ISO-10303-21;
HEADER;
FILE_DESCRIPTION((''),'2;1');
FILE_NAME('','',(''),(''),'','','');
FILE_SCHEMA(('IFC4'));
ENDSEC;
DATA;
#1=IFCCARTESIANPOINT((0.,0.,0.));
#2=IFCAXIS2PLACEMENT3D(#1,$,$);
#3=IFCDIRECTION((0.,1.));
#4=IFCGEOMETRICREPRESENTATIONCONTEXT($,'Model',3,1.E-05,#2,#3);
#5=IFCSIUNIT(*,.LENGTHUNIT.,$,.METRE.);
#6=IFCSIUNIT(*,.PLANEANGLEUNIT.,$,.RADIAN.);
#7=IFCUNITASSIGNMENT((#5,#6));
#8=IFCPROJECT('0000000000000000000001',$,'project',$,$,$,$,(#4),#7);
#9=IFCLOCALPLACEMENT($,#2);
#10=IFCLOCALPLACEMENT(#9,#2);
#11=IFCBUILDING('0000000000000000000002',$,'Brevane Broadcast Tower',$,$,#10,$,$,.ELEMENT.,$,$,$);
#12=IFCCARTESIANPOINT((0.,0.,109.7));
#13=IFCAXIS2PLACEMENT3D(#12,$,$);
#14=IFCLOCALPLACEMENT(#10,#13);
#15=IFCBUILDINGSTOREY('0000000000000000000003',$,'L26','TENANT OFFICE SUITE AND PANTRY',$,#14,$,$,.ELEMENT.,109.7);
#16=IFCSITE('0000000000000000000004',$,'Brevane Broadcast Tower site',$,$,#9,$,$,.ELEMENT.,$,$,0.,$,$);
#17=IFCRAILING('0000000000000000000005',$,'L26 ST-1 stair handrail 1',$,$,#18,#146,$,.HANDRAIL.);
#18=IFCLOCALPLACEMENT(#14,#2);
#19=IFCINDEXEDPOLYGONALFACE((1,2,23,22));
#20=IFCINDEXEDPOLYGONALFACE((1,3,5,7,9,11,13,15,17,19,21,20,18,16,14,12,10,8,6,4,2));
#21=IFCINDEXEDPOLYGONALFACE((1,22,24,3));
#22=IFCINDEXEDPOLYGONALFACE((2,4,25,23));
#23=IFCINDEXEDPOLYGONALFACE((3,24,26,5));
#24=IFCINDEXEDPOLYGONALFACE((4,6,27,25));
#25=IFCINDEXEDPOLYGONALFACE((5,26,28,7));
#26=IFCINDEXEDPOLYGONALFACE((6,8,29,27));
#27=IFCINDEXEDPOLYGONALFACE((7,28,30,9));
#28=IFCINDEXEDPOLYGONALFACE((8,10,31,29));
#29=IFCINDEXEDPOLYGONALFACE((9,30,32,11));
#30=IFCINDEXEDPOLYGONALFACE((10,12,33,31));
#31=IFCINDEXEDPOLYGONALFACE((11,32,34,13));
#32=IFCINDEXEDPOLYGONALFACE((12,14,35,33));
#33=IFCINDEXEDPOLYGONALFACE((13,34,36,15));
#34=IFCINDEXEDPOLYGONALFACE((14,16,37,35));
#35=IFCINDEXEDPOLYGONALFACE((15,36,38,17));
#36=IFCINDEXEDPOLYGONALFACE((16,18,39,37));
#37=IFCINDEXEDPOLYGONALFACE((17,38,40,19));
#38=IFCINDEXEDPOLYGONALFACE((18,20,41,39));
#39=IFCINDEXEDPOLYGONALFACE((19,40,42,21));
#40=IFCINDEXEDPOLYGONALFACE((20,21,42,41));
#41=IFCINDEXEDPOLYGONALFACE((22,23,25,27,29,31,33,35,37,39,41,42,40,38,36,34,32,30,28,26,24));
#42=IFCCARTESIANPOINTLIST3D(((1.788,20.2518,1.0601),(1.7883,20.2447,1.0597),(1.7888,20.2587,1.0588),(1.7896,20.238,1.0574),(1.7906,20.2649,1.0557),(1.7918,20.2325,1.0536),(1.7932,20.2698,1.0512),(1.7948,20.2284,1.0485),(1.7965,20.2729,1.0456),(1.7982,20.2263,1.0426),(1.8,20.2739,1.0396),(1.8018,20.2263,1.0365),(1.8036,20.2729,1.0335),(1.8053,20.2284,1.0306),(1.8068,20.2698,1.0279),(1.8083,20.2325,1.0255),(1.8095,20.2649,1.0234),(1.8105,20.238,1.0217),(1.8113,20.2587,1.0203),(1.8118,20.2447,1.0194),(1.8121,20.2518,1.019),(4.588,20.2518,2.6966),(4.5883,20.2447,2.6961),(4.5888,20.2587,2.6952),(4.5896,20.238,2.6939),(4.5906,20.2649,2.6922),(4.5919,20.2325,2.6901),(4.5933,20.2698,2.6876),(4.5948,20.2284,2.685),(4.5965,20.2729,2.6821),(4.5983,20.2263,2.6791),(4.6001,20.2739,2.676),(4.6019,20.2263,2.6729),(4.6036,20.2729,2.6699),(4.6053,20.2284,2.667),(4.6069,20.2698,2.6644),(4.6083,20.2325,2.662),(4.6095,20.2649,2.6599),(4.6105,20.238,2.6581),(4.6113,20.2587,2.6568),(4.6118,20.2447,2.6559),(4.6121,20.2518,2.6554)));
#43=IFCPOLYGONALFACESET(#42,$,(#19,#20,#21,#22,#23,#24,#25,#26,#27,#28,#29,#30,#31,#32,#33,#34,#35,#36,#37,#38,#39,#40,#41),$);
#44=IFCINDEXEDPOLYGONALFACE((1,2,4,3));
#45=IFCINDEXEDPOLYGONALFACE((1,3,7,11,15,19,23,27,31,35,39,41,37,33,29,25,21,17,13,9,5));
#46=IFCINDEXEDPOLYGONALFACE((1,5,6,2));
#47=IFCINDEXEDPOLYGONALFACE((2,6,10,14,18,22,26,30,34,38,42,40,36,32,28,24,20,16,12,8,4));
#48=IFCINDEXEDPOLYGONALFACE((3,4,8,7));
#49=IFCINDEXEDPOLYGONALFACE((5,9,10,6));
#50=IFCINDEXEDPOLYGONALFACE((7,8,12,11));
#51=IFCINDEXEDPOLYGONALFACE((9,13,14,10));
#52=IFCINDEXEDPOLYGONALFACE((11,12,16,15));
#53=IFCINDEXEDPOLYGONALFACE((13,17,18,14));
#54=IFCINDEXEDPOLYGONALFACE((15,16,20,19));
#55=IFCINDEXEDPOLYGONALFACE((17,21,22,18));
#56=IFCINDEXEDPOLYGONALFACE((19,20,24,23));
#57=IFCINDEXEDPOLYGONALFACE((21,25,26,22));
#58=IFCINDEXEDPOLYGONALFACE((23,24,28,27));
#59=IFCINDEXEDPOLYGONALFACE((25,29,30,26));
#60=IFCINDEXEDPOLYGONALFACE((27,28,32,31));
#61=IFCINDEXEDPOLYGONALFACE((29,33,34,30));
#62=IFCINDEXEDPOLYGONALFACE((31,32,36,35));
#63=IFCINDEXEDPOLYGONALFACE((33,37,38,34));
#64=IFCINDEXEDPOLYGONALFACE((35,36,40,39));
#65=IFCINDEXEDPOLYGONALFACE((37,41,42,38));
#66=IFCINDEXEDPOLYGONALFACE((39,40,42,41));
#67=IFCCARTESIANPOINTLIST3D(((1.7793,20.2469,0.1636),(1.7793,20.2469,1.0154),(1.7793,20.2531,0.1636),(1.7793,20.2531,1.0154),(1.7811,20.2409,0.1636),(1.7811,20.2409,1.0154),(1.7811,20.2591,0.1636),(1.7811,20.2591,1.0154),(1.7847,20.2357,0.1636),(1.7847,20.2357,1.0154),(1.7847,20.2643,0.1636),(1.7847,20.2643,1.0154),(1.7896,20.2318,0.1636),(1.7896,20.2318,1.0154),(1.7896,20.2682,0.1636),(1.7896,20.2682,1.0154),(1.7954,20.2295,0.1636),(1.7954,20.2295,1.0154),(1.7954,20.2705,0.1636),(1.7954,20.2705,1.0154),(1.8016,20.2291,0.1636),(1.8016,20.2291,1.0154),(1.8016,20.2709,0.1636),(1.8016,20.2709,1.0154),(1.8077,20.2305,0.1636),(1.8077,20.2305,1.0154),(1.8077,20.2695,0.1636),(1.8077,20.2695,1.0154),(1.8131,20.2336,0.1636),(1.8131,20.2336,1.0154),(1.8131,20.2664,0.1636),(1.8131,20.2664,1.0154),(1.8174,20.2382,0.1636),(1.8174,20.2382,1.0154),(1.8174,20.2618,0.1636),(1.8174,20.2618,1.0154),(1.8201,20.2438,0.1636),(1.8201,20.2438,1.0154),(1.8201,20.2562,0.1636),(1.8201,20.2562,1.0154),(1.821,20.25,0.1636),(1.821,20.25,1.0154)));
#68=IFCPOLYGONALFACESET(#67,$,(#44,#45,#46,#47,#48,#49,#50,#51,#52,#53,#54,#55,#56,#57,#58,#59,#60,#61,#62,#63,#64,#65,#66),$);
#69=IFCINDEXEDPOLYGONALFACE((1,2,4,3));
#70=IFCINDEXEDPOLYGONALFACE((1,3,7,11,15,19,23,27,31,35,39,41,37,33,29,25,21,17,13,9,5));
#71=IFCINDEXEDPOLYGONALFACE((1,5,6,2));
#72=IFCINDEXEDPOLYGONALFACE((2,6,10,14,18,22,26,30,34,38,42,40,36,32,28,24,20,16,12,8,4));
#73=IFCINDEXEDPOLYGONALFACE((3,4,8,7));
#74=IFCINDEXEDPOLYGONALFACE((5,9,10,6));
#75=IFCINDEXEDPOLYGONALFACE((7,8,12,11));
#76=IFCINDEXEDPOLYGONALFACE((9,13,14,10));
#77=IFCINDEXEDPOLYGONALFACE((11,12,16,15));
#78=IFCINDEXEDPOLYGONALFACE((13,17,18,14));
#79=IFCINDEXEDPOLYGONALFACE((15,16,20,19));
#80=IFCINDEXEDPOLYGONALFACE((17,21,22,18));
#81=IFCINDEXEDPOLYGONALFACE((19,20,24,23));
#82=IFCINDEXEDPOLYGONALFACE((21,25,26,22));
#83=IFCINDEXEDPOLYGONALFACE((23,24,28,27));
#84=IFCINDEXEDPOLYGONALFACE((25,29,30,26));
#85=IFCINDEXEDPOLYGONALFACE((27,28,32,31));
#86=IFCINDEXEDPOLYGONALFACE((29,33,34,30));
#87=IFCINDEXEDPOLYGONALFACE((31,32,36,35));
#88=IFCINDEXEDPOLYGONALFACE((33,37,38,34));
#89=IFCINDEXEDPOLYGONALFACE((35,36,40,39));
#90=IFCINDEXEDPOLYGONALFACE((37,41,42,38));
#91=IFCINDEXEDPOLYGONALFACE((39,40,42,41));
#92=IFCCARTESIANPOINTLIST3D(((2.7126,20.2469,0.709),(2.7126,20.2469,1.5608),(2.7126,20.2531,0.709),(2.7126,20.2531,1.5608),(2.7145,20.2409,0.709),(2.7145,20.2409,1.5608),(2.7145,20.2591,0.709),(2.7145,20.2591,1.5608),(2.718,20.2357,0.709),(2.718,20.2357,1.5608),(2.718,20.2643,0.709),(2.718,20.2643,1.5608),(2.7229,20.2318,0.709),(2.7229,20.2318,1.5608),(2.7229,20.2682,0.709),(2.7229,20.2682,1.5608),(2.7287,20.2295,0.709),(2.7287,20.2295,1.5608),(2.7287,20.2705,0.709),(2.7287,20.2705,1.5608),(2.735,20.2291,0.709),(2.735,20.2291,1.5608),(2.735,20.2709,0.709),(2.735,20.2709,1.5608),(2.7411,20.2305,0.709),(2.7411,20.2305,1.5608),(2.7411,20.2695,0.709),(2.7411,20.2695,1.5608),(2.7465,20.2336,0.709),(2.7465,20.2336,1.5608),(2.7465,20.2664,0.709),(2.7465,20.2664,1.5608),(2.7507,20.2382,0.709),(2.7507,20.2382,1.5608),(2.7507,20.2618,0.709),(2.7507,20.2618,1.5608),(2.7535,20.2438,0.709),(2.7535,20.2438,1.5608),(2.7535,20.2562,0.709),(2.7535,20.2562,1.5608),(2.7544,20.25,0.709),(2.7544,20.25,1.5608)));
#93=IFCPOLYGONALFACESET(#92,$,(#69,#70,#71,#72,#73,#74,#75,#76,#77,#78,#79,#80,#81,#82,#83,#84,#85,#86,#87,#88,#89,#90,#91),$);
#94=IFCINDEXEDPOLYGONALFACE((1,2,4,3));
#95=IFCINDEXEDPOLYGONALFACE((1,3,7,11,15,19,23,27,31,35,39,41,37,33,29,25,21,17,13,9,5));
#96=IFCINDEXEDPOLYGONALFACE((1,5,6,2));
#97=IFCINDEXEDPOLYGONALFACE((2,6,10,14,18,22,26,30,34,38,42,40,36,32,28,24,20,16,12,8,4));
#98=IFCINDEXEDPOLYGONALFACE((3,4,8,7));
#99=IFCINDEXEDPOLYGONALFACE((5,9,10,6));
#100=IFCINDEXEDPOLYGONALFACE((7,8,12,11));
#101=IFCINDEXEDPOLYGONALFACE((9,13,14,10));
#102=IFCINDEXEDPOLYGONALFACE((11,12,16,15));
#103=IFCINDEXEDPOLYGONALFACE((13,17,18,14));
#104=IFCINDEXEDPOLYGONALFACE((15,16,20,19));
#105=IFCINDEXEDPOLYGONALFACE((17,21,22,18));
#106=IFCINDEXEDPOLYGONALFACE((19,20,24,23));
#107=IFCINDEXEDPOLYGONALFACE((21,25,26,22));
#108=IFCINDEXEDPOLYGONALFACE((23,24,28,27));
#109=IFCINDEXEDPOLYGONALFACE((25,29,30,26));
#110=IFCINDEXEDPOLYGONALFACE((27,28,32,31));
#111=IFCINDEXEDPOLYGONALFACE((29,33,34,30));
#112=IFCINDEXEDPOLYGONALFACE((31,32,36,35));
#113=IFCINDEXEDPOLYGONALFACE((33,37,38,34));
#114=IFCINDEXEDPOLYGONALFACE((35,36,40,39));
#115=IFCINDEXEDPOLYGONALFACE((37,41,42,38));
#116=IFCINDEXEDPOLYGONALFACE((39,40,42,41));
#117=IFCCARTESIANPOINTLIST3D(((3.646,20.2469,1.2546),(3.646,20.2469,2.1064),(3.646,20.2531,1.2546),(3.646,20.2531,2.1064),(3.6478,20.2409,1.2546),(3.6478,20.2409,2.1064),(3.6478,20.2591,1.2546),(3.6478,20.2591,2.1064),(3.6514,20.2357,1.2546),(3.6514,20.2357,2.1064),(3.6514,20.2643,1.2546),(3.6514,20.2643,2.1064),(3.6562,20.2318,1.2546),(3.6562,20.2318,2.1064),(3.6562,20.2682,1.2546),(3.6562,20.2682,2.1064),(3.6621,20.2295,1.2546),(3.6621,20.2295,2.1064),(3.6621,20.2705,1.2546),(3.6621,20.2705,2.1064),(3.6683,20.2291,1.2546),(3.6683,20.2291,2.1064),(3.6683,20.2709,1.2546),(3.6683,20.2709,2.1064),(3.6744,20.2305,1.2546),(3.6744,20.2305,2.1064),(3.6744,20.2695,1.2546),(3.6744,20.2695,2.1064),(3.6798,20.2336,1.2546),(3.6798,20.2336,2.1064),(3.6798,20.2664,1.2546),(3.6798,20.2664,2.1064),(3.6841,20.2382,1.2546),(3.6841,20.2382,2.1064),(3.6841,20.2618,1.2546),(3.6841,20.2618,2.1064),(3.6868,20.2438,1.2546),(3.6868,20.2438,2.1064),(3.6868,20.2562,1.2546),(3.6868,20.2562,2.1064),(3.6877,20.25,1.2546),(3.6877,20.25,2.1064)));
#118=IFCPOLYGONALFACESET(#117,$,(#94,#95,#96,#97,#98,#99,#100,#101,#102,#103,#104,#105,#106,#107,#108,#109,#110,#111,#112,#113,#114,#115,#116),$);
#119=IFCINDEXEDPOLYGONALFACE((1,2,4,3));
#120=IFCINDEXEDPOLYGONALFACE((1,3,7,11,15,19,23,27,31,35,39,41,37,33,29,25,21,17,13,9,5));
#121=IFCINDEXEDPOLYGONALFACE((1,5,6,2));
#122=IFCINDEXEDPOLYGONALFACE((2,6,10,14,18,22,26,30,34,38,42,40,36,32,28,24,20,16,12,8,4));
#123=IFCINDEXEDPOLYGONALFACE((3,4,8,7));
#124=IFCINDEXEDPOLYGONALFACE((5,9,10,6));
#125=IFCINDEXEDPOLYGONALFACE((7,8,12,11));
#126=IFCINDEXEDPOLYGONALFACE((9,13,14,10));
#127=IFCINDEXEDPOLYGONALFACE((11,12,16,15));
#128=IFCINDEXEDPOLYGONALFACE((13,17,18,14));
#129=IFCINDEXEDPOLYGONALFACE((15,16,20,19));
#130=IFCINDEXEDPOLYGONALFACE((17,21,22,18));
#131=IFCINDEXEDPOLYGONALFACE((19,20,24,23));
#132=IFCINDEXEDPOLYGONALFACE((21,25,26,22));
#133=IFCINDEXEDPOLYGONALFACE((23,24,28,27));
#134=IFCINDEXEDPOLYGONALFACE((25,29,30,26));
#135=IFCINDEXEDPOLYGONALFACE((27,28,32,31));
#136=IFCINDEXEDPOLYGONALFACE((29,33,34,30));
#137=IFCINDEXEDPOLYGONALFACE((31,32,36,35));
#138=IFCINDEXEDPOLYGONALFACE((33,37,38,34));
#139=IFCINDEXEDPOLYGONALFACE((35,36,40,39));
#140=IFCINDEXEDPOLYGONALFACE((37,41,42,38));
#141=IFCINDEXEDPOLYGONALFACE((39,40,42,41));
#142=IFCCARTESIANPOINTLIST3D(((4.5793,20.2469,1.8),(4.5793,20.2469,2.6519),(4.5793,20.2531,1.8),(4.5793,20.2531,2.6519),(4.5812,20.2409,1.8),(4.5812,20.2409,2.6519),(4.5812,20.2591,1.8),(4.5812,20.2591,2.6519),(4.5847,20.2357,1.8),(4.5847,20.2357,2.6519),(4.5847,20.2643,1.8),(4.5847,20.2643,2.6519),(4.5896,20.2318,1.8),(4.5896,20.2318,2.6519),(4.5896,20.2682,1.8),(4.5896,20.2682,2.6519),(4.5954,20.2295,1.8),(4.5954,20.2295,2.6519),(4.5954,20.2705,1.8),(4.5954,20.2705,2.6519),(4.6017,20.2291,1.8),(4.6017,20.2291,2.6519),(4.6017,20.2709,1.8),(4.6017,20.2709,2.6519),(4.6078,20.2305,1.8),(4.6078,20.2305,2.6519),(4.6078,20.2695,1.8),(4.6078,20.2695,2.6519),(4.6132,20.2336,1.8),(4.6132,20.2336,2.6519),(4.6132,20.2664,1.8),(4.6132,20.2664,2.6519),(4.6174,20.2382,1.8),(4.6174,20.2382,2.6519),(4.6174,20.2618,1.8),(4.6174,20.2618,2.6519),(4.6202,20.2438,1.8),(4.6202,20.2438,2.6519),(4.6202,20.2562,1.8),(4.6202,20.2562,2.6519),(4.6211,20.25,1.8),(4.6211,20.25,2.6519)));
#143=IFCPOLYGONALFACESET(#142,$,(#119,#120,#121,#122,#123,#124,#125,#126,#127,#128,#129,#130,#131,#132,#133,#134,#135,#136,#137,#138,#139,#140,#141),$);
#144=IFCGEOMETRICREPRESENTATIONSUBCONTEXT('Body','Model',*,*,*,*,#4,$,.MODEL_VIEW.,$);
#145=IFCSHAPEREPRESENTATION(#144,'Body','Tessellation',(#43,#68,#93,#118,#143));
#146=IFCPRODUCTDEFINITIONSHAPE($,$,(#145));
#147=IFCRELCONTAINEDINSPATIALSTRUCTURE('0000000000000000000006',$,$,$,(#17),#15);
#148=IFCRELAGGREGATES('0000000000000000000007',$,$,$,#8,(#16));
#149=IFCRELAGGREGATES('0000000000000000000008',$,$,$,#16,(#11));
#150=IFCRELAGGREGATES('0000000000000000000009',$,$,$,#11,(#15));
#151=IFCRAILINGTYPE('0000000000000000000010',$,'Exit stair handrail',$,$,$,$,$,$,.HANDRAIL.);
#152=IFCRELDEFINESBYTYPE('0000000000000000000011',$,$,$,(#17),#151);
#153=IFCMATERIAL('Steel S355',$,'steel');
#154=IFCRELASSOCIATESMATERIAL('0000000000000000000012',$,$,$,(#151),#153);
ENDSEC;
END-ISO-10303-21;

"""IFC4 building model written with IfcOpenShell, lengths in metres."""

from ifc_helpers import new_model, si_unit, direction, frame, origin, origin_2d, place, context, subcontext, project, spatial, circle, extrude, material, type_object, element, save


model = new_model("IFC4")

# Units and contexts
model_context = context("Model", 3, precision=1e-05, world=origin(), true_north=direction((0.0, 1.0)))
body_context = subcontext(model_context, "Body", "Model", "MODEL_VIEW")
ifc_project = project(units=[si_unit("LENGTHUNIT", "METRE"), si_unit("PLANEANGLEUNIT", "RADIAN")], contexts=[model_context])

# Site, building, storey
site_placement = place(None, origin())
site = spatial("IfcSite", under=ifc_project, at=site_placement, Name="Brevane Broadcast Tower site", CompositionType="ELEMENT", RefElevation=0.0)
building_placement = place(site_placement, origin())
building = spatial("IfcBuilding", under=site, at=building_placement, Name="Brevane Broadcast Tower", CompositionType="ELEMENT")
storey_placement = place(building_placement, frame((0.0, 0.0, 109.7)))
storey = spatial("IfcBuildingStorey", under=building, at=storey_placement, Name="L26", Description="TENANT OFFICE SUITE AND PANTRY", CompositionType="ELEMENT", Elevation=109.7)

# Railing
ifc_material_1 = material(Name="Steel S355", Category="steel")
railing_type_1 = type_object("IfcRailingType", Name="Exit stair handrail", PredefinedType="HANDRAIL", material=ifc_material_1)
railing_1_placement = place(storey_placement, frame((1.8, 20.25, 0.1636)))
element("IfcRailing", 1, at=railing_1_placement, inside=storey, type_object=railing_type_1, Name="L26 ST-1 stair handrail 1", PredefinedType="HANDRAIL", context=body_context, shape_type="SweptSolid", body=[
    extrude(circle(Radius=0.0239, at=origin_2d()), frame((0.0, 0.0, 0.876), z_axis=(0.863361, 0.0, 0.504587), x_axis=(0.0, 1.0, 0.0)), (0.0, 0.0, 1.0), 3.2432),
    extrude(circle(Radius=0.021, at=origin_2d()), origin(), (0.0, 0.0, 1.0), 0.8518),
    extrude(circle(Radius=0.021, at=origin_2d()), frame((0.9333, 0.0, 0.5454)), (0.0, 0.0, 1.0), 0.8518),
    extrude(circle(Radius=0.021, at=origin_2d()), frame((1.8667, 0.0, 1.0911)), (0.0, 0.0, 1.0), 0.8518),
    extrude(circle(Radius=0.021, at=origin_2d()), frame((2.8, 0.0, 1.6365)), (0.0, 0.0, 1.0), 0.8518),
])

save(model, "model.ifc")
